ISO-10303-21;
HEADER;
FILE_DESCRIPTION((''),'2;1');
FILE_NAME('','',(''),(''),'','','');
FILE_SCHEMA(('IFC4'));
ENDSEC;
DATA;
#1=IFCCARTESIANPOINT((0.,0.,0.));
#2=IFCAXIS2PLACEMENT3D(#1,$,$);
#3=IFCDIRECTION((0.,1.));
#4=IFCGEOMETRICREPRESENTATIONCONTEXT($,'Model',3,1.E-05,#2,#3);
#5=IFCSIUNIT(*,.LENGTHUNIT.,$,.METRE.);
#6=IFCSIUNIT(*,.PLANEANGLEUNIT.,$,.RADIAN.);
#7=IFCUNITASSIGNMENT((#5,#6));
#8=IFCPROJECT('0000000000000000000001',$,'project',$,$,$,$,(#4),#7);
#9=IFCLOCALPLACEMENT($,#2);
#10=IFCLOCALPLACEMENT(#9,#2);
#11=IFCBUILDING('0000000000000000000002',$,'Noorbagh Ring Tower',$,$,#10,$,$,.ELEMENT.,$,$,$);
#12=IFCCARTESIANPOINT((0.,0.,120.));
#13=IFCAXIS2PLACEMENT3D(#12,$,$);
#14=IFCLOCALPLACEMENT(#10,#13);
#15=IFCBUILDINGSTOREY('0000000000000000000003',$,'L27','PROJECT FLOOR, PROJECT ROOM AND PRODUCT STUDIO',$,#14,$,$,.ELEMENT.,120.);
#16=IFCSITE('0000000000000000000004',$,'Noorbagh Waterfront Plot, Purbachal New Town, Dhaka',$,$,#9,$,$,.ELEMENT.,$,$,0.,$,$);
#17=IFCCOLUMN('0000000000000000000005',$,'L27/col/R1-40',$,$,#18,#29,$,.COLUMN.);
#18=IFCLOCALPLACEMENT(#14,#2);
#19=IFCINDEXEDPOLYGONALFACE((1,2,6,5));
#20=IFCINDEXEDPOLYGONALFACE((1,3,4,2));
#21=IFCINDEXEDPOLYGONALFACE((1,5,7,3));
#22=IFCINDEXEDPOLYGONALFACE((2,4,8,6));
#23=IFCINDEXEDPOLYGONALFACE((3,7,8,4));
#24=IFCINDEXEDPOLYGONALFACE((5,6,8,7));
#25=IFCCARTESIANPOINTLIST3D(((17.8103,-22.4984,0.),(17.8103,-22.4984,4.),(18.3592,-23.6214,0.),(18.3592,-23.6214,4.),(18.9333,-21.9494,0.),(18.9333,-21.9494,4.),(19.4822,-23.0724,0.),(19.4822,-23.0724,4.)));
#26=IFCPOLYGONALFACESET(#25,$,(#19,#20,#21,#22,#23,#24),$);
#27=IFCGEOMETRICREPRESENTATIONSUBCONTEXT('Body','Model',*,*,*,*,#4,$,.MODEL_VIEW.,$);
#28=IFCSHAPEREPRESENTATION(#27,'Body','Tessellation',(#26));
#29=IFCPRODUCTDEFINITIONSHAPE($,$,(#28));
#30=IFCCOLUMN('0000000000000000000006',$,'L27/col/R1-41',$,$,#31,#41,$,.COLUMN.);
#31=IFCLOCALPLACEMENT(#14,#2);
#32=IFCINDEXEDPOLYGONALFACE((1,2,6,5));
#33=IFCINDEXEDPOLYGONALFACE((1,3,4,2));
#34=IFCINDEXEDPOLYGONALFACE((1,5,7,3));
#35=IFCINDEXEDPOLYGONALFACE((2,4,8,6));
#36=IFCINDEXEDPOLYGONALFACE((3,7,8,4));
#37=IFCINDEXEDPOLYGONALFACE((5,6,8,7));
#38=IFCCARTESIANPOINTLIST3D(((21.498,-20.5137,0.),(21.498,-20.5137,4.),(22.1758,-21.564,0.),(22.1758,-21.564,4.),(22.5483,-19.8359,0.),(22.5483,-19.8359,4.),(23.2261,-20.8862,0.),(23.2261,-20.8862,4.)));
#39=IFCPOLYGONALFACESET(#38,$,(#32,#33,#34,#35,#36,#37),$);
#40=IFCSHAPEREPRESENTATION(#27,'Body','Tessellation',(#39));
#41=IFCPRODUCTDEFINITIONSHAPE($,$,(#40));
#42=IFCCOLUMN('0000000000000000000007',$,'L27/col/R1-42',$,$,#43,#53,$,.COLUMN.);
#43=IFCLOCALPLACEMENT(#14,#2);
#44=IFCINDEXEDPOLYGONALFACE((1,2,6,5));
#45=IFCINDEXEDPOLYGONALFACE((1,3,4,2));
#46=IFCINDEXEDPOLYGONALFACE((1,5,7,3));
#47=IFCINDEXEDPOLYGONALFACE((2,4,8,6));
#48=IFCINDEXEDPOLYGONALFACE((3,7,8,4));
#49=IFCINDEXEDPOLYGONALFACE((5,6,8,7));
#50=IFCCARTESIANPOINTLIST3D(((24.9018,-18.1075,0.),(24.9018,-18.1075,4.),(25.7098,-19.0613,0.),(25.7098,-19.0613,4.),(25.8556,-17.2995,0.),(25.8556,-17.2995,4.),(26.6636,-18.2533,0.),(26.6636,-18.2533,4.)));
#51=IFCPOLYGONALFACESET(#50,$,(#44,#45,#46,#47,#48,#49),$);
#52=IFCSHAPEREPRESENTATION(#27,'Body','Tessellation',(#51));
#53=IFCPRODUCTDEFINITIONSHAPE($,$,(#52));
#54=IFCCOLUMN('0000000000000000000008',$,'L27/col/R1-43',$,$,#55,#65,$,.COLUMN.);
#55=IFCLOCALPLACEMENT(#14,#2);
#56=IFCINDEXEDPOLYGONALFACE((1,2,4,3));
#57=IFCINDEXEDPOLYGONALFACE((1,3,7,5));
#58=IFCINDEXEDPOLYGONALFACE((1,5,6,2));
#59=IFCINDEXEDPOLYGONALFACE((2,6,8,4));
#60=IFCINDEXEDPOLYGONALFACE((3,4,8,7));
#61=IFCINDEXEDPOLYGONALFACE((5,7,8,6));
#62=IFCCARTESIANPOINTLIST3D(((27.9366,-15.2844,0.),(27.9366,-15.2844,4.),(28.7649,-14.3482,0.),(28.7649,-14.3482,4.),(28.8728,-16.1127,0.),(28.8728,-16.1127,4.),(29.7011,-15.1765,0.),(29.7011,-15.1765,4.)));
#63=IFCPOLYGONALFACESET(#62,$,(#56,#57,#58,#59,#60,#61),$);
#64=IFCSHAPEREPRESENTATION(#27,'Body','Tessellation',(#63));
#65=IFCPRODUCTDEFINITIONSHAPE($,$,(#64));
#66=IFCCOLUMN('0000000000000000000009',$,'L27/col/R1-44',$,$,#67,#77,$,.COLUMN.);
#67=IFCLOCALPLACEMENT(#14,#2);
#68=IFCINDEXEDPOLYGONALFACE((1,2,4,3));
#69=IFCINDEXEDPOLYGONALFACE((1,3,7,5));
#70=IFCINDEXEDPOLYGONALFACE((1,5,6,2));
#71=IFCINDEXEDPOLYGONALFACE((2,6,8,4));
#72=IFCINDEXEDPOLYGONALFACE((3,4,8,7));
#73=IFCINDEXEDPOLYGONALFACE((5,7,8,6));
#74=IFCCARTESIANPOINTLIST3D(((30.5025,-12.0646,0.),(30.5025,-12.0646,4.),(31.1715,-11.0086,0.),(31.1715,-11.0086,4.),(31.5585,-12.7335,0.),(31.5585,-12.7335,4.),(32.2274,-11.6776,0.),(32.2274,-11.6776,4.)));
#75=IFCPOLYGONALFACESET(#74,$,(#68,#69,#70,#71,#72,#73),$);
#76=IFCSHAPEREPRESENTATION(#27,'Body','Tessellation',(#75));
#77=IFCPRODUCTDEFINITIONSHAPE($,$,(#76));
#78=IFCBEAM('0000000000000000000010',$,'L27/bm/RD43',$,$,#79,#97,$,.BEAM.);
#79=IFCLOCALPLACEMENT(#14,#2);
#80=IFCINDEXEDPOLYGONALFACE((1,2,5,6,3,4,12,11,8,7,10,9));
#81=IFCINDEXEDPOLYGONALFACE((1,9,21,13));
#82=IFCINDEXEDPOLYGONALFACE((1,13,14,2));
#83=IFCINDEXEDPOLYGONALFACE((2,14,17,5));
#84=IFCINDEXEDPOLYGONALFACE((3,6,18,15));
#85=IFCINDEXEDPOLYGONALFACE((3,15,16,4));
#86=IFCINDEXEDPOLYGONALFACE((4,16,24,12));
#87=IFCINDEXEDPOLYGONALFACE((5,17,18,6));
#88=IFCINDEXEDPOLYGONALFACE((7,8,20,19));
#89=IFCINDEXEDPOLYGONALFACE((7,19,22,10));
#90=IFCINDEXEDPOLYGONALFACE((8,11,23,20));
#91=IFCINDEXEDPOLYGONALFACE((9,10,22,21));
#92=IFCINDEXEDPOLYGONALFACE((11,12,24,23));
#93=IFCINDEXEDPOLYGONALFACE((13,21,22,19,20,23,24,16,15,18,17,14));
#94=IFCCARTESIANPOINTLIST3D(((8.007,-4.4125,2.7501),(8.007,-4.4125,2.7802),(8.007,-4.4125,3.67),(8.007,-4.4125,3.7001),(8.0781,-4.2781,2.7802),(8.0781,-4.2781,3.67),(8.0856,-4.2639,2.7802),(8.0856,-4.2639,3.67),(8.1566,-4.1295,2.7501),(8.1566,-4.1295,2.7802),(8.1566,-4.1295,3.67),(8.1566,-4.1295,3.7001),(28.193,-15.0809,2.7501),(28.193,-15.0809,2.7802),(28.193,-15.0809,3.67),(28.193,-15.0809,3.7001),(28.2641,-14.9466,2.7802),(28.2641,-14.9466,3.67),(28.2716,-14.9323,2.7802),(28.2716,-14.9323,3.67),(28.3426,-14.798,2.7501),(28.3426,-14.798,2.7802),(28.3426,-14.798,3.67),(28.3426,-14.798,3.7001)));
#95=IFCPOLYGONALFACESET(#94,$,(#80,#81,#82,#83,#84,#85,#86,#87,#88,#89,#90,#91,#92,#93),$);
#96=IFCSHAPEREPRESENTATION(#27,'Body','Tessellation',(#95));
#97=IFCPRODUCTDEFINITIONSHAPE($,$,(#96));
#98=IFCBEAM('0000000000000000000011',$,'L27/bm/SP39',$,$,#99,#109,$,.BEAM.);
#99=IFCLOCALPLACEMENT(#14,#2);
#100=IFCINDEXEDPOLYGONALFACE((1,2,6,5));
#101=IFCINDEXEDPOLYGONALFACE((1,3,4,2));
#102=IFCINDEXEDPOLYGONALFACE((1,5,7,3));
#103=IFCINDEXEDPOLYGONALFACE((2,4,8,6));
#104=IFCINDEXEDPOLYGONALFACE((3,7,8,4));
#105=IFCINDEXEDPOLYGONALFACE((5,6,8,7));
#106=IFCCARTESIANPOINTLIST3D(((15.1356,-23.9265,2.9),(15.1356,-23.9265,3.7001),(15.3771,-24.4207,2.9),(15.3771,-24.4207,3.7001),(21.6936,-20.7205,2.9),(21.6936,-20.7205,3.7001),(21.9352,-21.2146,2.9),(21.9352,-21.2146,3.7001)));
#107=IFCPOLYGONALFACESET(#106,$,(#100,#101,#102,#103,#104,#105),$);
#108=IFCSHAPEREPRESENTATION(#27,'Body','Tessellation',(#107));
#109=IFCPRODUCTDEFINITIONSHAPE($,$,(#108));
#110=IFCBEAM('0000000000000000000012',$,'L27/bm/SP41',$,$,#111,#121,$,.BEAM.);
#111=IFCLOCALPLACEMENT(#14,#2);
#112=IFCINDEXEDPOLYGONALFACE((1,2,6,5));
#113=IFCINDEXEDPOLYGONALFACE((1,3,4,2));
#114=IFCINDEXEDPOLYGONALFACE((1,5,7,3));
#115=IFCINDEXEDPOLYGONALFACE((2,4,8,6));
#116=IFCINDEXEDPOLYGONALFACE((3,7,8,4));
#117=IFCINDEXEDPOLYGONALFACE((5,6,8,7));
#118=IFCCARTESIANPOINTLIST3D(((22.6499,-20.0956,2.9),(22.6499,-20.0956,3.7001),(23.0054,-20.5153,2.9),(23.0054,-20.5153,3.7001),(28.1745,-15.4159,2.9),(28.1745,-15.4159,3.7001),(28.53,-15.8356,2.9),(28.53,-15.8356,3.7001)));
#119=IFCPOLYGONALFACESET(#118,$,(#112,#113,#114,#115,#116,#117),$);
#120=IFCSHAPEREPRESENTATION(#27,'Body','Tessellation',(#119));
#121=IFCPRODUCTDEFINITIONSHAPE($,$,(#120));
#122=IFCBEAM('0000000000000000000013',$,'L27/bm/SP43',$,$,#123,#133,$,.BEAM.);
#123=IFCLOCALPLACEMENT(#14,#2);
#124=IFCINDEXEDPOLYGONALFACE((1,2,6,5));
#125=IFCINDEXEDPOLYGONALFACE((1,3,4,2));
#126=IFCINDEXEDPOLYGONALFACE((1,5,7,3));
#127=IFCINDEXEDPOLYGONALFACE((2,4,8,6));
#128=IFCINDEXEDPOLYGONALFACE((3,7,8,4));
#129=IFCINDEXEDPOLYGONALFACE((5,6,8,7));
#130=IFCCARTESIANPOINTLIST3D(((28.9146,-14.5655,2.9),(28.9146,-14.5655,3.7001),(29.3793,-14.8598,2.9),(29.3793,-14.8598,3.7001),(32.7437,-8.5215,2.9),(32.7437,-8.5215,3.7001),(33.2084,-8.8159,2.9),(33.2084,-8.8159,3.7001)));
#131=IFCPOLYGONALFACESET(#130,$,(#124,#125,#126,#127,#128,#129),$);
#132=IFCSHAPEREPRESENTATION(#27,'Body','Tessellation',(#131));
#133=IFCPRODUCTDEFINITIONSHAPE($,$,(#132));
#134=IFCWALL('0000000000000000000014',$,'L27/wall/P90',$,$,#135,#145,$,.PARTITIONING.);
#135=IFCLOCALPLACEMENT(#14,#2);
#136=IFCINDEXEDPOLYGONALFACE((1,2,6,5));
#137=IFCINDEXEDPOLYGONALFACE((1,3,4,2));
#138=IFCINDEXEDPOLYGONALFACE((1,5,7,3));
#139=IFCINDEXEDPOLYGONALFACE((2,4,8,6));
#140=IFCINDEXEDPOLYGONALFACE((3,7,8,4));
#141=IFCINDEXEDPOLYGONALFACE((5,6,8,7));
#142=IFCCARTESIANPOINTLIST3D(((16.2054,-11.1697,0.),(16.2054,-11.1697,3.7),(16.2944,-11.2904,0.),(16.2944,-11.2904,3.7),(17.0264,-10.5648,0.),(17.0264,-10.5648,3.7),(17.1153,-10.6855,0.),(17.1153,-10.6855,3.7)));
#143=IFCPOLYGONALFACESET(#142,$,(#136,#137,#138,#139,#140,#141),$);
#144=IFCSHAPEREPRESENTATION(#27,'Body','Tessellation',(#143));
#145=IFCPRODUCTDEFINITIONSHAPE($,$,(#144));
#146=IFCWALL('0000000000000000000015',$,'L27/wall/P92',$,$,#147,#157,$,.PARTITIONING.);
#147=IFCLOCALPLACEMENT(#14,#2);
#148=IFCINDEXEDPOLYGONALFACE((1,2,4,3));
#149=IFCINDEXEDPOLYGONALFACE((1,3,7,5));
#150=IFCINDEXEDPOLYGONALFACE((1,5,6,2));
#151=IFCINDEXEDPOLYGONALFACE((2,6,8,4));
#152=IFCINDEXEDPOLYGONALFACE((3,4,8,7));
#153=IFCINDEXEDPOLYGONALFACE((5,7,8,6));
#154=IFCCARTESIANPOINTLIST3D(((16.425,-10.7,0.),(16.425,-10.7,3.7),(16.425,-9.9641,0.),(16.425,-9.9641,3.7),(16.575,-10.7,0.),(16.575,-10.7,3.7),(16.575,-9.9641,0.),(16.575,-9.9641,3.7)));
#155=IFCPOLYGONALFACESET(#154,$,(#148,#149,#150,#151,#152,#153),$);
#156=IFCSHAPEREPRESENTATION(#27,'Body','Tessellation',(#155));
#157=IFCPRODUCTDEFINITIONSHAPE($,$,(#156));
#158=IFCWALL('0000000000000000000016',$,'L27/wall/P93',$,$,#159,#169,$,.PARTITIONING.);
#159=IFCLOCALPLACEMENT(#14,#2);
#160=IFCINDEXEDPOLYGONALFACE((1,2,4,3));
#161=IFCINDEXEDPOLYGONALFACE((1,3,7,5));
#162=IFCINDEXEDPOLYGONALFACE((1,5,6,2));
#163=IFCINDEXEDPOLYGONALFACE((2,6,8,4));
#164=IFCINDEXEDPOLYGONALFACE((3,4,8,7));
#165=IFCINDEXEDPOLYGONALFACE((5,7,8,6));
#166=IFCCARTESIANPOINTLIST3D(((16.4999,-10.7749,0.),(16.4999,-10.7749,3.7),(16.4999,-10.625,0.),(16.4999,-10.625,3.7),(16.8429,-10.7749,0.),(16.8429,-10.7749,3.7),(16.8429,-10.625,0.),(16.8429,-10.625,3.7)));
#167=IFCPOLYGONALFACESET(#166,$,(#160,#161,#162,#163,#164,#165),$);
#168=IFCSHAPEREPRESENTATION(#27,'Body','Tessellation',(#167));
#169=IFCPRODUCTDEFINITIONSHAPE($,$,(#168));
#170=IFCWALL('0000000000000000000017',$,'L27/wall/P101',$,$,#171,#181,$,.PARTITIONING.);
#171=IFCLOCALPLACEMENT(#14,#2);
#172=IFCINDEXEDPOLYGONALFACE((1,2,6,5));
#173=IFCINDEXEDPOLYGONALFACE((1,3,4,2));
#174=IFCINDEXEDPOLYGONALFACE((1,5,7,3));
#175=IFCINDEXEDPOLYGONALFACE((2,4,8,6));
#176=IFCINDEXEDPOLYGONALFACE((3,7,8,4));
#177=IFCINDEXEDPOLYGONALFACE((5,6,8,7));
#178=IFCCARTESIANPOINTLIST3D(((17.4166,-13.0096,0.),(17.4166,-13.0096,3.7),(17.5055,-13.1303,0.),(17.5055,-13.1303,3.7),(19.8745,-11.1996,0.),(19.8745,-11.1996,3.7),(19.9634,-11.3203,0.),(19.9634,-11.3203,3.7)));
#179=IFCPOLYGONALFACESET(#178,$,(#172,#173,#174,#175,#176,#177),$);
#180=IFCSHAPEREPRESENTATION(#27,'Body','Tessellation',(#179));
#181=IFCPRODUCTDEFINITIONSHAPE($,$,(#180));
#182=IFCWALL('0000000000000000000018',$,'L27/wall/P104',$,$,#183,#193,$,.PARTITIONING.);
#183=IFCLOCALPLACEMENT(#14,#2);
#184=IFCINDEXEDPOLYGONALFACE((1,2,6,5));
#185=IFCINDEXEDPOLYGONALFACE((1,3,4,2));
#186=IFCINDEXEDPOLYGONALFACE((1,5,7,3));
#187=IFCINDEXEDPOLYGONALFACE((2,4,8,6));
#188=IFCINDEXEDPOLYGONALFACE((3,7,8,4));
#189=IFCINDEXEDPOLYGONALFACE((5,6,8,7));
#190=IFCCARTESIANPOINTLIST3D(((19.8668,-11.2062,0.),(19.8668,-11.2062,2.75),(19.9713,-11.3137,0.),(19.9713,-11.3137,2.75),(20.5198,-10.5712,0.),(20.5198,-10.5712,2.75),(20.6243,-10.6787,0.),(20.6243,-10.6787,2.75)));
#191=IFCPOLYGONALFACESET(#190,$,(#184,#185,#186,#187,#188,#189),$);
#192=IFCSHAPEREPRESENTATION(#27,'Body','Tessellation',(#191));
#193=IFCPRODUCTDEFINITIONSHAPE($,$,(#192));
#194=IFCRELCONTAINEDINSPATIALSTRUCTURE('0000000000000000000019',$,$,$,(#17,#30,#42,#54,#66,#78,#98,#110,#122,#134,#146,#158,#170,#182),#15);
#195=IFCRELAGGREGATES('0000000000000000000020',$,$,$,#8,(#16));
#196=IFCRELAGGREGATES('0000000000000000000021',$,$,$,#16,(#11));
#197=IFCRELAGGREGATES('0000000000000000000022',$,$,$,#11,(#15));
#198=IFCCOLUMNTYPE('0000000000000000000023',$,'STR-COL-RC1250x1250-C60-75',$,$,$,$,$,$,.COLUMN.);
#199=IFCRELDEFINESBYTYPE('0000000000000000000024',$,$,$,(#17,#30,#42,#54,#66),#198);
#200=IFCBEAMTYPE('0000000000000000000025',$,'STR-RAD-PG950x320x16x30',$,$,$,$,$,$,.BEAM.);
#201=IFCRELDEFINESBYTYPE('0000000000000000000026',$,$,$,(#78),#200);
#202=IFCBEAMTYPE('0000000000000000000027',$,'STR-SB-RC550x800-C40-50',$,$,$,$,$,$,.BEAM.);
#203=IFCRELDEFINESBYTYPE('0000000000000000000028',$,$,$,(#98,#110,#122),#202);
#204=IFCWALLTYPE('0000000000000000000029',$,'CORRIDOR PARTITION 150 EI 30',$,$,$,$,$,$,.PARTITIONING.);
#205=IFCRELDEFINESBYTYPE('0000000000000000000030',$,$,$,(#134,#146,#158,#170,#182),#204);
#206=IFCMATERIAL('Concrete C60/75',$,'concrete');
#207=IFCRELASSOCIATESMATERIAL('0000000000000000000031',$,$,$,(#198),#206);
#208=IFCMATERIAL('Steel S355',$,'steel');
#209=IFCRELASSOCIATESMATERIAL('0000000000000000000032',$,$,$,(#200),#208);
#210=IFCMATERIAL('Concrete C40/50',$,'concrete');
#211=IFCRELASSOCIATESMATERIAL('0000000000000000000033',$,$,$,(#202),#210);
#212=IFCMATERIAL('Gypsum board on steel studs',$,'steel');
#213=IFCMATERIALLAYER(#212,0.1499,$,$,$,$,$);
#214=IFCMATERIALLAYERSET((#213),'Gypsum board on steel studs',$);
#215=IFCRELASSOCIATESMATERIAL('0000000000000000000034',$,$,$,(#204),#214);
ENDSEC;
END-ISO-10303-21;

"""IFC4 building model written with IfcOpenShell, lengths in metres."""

from ifc_helpers import new_model, si_unit, direction, frame, frame_2d, origin, origin_2d, place, context, subcontext, project, spatial, rectangle, i_section, extrude, material, layer, layer_set, material_profile, profile_set, type_object, element, save


model = new_model("IFC4")

# Units and contexts
model_context = context("Model", 3, precision=1e-05, world=origin(), true_north=direction((0.0, 1.0)))
body_context = subcontext(model_context, "Body", "Model", "MODEL_VIEW")
ifc_project = project(units=[si_unit("LENGTHUNIT", "METRE"), si_unit("PLANEANGLEUNIT", "RADIAN")], contexts=[model_context])

# Site, building, storey
site_placement = place(None, origin())
site = spatial("IfcSite", under=ifc_project, at=site_placement, Name="Noorbagh Waterfront Plot, Purbachal New Town, Dhaka", CompositionType="ELEMENT", RefElevation=0.0)
building_placement = place(site_placement, origin())
building = spatial("IfcBuilding", under=site, at=building_placement, Name="Noorbagh Ring Tower", CompositionType="ELEMENT")
storey_placement = place(building_placement, frame((0.0, 0.0, 120.0)))
storey = spatial("IfcBuildingStorey", under=building, at=storey_placement, Name="L27", Description="PROJECT FLOOR, PROJECT ROOM AND PRODUCT STUDIO", CompositionType="ELEMENT", Elevation=120.0)

# Columns
ifc_material_1 = material(Name="Concrete C60/75", Category="concrete")
ifc_material_profile_1 = material_profile(ifc_material_1, rectangle(XDim=1.25, YDim=1.25, at=origin_2d()), Name="RC1250x1250")
ifc_profile_set_1 = profile_set([ifc_material_profile_1], Name="Concrete C60/75")
column_type = type_object("IfcColumnType", Name="STR-COL-RC1250x1250-C60-75", PredefinedType="COLUMN", material=ifc_profile_set_1)
for number, where, z_axis, x_axis, name in (
    (1, (18.6462, -22.7854, 0.0), (0.0, 0.0, 1.0), (0.898399, 0.43918, 0.0), "L27/col/R1-40"),
    (2, (22.3621, -20.7, 0.0), (0.0, 0.0, 1.0), (0.840248, 0.542203, 0.0), "L27/col/R1-41"),
    (3, (25.7827, -18.1804, 0.0), (0.0, 0.0, 1.0), (0.763035, 0.646357, 0.0), "L27/col/R1-42"),
    (4, (28.8188, -15.2305, 0.0), (0.0, 0.0, 1.0), (0.662636, 0.748942, 0.0), "L27/col/R1-43"),
    (5, (31.365, -11.8711, 0.0), (0.0, 0.0, 1.0), (0.53519, 0.844731, 0.0), "L27/col/R1-44"),
):
    element("IfcColumn", number, at=place(storey_placement, frame(where, z_axis=z_axis, x_axis=x_axis)), inside=storey, type_object=column_type, Name=name, PredefinedType="COLUMN", context=body_context, shape_type="SweptSolid", body=[
        extrude(rectangle(XDim=1.25, YDim=1.25, at=origin_2d()), origin(), (0.0, 0.0, 1.0), 4.0),
    ])

# Beams
ifc_material_2 = material(Name="Steel S355", Category="steel")
ifc_material_profile_2 = material_profile(ifc_material_2, i_section(OverallWidth=0.3201, OverallDepth=0.95, WebThickness=0.0161, FlangeThickness=0.03, at=origin_2d()), Name="PG950x320x16x30")
ifc_profile_set_2 = profile_set([ifc_material_profile_2], Name="Steel S355")
beam_type_1 = type_object("IfcBeamType", Name="STR-RAD-PG950x320x16x30", PredefinedType="BEAM", material=ifc_profile_set_2)
beam_1_placement = place(storey_placement, frame((28.2678, -14.9395, 3.2251), z_axis=(-0.884119, 0.467263, 0.0), x_axis=(-0.467263, -0.884119, 0.0)))
element("IfcBeam", 6, at=beam_1_placement, inside=storey, type_object=beam_type_1, Name="L27/bm/RD43", PredefinedType="BEAM", context=body_context, shape_type="SweptSolid", body=[
    extrude(i_section(OverallWidth=0.3201, OverallDepth=0.95, WebThickness=0.0161, FlangeThickness=0.03, at=origin_2d()), origin(), (0.0, 0.0, 1.0), 22.8318),
])
ifc_material_3 = material(Name="Concrete C40/50", Category="concrete")
ifc_material_profile_3 = material_profile(ifc_material_3, rectangle(XDim=0.55, YDim=0.8, at=origin_2d()), Name="RC550x800")
ifc_profile_set_3 = profile_set([ifc_material_profile_3], Name="Concrete C40/50")
beam_type_2 = type_object("IfcBeamType", Name="STR-SB-RC550x800-C40-50", PredefinedType="BEAM", material=ifc_profile_set_3)
beam_2_placement = place(storey_placement, frame((15.2563, -24.1736, 3.3), z_axis=(0.898391, 0.439196, 0.0), x_axis=(-0.439196, 0.898391, 0.0)))
element("IfcBeam", 7, at=beam_2_placement, inside=storey, type_object=beam_type_2, Name="L27/bm/SP39", PredefinedType="BEAM", context=body_context, shape_type="SweptSolid", body=[
    extrude(rectangle(XDim=0.55, YDim=0.8, at=origin_2d()), origin(), (0.0, 0.0, 1.0), 7.2998),
])
beam_3_placement = place(storey_placement, frame((22.8276, -20.3054, 3.3), z_axis=(0.763047, 0.646343, 0.0), x_axis=(-0.646343, 0.763047, 0.0)))
element("IfcBeam", 8, at=beam_3_placement, inside=storey, type_object=beam_type_2, Name="L27/bm/SP41", PredefinedType="BEAM", context=body_context, shape_type="SweptSolid", body=[
    extrude(rectangle(XDim=0.55, YDim=0.8, at=origin_2d()), origin(), (0.0, 0.0, 1.0), 7.2402),
])
beam_4_placement = place(storey_placement, frame((29.147, -14.7126, 3.3), z_axis=(0.535179, 0.844739, 0.0), x_axis=(-0.844739, 0.535179, 0.0)))
element("IfcBeam", 9, at=beam_4_placement, inside=storey, type_object=beam_type_2, Name="L27/bm/SP43", PredefinedType="BEAM", context=body_context, shape_type="SweptSolid", body=[
    extrude(rectangle(XDim=0.55, YDim=0.8, at=origin_2d()), origin(), (0.0, 0.0, 1.0), 7.1548),
])

# Walls
ifc_material_4 = material(Name="Gypsum board on steel studs", Category="steel")
ifc_layer_1 = layer(ifc_material_4, 0.1499)
ifc_layer_set_1 = layer_set([ifc_layer_1], Name="Gypsum board on steel studs")
wall_type_1 = type_object("IfcWallType", Name="CORRIDOR PARTITION 150 EI 30", PredefinedType="PARTITIONING", material=ifc_layer_set_1)
wall_1_placement = place(storey_placement, frame((16.25, -11.23, 0.0), z_axis=(0.0, 0.0, 1.0), x_axis=(0.805056, 0.593199, 0.0)))
element("IfcWall", 10, at=wall_1_placement, inside=storey, type_object=wall_type_1, Name="L27/wall/P90", PredefinedType="PARTITIONING", context=body_context, shape_type="SweptSolid", body=[
    extrude(rectangle(XDim=1.0198, YDim=0.1499, at=frame_2d((0.5098, 0.0))), origin(), (0.0, 0.0, 1.0), 3.7),
])
wall_2_placement = place(storey_placement, frame((16.5, -10.7, 0.0), z_axis=(0.0, 0.0, 1.0), x_axis=(0.0, 1.0, 0.0)))
element("IfcWall", 11, at=wall_2_placement, inside=storey, type_object=wall_type_1, Name="L27/wall/P92", PredefinedType="PARTITIONING", context=body_context, shape_type="SweptSolid", body=[
    extrude(rectangle(XDim=0.7358, YDim=0.1499, at=frame_2d((0.3679, 0.0))), origin(), (0.0, 0.0, 1.0), 3.7),
])
wall_3_placement = place(storey_placement, frame((16.5, -10.7, 0.0), z_axis=(0.0, 0.0, 1.0), x_axis=(1.0, 0.0, 0.0)))
element("IfcWall", 12, at=wall_3_placement, inside=storey, type_object=wall_type_1, Name="L27/wall/P93", PredefinedType="PARTITIONING", context=body_context, shape_type="SweptSolid", body=[
    extrude(rectangle(XDim=0.343, YDim=0.1499, at=frame_2d((0.1714, 0.0))), origin(), (0.0, 0.0, 1.0), 3.7),
])
wall_4_placement = place(storey_placement, frame((17.4609, -13.0701, 0.0), z_axis=(0.0, 0.0, 1.0), x_axis=(0.805229, 0.592964, 0.0)))
element("IfcWall", 13, at=wall_4_placement, inside=storey, type_object=wall_type_1, Name="L27/wall/P101", PredefinedType="PARTITIONING", context=body_context, shape_type="SweptSolid", body=[
    extrude(rectangle(XDim=3.0525, YDim=0.1499, at=frame_2d((1.5264, 0.0))), origin(), (0.0, 0.0, 1.0), 3.7),
])
wall_5_placement = place(storey_placement, frame((19.9189, -11.26, 0.0), z_axis=(0.0, 0.0, 1.0), x_axis=(0.716954, 0.69712, 0.0)))
element("IfcWall", 14, at=wall_5_placement, inside=storey, type_object=wall_type_1, Name="L27/wall/P104", PredefinedType="PARTITIONING", context=body_context, shape_type="SweptSolid", body=[
    extrude(rectangle(XDim=0.9109, YDim=0.1499, at=frame_2d((0.4556, 0.0))), origin(), (0.0, 0.0, 1.0), 2.75),
])

save(model, "model.ifc")
